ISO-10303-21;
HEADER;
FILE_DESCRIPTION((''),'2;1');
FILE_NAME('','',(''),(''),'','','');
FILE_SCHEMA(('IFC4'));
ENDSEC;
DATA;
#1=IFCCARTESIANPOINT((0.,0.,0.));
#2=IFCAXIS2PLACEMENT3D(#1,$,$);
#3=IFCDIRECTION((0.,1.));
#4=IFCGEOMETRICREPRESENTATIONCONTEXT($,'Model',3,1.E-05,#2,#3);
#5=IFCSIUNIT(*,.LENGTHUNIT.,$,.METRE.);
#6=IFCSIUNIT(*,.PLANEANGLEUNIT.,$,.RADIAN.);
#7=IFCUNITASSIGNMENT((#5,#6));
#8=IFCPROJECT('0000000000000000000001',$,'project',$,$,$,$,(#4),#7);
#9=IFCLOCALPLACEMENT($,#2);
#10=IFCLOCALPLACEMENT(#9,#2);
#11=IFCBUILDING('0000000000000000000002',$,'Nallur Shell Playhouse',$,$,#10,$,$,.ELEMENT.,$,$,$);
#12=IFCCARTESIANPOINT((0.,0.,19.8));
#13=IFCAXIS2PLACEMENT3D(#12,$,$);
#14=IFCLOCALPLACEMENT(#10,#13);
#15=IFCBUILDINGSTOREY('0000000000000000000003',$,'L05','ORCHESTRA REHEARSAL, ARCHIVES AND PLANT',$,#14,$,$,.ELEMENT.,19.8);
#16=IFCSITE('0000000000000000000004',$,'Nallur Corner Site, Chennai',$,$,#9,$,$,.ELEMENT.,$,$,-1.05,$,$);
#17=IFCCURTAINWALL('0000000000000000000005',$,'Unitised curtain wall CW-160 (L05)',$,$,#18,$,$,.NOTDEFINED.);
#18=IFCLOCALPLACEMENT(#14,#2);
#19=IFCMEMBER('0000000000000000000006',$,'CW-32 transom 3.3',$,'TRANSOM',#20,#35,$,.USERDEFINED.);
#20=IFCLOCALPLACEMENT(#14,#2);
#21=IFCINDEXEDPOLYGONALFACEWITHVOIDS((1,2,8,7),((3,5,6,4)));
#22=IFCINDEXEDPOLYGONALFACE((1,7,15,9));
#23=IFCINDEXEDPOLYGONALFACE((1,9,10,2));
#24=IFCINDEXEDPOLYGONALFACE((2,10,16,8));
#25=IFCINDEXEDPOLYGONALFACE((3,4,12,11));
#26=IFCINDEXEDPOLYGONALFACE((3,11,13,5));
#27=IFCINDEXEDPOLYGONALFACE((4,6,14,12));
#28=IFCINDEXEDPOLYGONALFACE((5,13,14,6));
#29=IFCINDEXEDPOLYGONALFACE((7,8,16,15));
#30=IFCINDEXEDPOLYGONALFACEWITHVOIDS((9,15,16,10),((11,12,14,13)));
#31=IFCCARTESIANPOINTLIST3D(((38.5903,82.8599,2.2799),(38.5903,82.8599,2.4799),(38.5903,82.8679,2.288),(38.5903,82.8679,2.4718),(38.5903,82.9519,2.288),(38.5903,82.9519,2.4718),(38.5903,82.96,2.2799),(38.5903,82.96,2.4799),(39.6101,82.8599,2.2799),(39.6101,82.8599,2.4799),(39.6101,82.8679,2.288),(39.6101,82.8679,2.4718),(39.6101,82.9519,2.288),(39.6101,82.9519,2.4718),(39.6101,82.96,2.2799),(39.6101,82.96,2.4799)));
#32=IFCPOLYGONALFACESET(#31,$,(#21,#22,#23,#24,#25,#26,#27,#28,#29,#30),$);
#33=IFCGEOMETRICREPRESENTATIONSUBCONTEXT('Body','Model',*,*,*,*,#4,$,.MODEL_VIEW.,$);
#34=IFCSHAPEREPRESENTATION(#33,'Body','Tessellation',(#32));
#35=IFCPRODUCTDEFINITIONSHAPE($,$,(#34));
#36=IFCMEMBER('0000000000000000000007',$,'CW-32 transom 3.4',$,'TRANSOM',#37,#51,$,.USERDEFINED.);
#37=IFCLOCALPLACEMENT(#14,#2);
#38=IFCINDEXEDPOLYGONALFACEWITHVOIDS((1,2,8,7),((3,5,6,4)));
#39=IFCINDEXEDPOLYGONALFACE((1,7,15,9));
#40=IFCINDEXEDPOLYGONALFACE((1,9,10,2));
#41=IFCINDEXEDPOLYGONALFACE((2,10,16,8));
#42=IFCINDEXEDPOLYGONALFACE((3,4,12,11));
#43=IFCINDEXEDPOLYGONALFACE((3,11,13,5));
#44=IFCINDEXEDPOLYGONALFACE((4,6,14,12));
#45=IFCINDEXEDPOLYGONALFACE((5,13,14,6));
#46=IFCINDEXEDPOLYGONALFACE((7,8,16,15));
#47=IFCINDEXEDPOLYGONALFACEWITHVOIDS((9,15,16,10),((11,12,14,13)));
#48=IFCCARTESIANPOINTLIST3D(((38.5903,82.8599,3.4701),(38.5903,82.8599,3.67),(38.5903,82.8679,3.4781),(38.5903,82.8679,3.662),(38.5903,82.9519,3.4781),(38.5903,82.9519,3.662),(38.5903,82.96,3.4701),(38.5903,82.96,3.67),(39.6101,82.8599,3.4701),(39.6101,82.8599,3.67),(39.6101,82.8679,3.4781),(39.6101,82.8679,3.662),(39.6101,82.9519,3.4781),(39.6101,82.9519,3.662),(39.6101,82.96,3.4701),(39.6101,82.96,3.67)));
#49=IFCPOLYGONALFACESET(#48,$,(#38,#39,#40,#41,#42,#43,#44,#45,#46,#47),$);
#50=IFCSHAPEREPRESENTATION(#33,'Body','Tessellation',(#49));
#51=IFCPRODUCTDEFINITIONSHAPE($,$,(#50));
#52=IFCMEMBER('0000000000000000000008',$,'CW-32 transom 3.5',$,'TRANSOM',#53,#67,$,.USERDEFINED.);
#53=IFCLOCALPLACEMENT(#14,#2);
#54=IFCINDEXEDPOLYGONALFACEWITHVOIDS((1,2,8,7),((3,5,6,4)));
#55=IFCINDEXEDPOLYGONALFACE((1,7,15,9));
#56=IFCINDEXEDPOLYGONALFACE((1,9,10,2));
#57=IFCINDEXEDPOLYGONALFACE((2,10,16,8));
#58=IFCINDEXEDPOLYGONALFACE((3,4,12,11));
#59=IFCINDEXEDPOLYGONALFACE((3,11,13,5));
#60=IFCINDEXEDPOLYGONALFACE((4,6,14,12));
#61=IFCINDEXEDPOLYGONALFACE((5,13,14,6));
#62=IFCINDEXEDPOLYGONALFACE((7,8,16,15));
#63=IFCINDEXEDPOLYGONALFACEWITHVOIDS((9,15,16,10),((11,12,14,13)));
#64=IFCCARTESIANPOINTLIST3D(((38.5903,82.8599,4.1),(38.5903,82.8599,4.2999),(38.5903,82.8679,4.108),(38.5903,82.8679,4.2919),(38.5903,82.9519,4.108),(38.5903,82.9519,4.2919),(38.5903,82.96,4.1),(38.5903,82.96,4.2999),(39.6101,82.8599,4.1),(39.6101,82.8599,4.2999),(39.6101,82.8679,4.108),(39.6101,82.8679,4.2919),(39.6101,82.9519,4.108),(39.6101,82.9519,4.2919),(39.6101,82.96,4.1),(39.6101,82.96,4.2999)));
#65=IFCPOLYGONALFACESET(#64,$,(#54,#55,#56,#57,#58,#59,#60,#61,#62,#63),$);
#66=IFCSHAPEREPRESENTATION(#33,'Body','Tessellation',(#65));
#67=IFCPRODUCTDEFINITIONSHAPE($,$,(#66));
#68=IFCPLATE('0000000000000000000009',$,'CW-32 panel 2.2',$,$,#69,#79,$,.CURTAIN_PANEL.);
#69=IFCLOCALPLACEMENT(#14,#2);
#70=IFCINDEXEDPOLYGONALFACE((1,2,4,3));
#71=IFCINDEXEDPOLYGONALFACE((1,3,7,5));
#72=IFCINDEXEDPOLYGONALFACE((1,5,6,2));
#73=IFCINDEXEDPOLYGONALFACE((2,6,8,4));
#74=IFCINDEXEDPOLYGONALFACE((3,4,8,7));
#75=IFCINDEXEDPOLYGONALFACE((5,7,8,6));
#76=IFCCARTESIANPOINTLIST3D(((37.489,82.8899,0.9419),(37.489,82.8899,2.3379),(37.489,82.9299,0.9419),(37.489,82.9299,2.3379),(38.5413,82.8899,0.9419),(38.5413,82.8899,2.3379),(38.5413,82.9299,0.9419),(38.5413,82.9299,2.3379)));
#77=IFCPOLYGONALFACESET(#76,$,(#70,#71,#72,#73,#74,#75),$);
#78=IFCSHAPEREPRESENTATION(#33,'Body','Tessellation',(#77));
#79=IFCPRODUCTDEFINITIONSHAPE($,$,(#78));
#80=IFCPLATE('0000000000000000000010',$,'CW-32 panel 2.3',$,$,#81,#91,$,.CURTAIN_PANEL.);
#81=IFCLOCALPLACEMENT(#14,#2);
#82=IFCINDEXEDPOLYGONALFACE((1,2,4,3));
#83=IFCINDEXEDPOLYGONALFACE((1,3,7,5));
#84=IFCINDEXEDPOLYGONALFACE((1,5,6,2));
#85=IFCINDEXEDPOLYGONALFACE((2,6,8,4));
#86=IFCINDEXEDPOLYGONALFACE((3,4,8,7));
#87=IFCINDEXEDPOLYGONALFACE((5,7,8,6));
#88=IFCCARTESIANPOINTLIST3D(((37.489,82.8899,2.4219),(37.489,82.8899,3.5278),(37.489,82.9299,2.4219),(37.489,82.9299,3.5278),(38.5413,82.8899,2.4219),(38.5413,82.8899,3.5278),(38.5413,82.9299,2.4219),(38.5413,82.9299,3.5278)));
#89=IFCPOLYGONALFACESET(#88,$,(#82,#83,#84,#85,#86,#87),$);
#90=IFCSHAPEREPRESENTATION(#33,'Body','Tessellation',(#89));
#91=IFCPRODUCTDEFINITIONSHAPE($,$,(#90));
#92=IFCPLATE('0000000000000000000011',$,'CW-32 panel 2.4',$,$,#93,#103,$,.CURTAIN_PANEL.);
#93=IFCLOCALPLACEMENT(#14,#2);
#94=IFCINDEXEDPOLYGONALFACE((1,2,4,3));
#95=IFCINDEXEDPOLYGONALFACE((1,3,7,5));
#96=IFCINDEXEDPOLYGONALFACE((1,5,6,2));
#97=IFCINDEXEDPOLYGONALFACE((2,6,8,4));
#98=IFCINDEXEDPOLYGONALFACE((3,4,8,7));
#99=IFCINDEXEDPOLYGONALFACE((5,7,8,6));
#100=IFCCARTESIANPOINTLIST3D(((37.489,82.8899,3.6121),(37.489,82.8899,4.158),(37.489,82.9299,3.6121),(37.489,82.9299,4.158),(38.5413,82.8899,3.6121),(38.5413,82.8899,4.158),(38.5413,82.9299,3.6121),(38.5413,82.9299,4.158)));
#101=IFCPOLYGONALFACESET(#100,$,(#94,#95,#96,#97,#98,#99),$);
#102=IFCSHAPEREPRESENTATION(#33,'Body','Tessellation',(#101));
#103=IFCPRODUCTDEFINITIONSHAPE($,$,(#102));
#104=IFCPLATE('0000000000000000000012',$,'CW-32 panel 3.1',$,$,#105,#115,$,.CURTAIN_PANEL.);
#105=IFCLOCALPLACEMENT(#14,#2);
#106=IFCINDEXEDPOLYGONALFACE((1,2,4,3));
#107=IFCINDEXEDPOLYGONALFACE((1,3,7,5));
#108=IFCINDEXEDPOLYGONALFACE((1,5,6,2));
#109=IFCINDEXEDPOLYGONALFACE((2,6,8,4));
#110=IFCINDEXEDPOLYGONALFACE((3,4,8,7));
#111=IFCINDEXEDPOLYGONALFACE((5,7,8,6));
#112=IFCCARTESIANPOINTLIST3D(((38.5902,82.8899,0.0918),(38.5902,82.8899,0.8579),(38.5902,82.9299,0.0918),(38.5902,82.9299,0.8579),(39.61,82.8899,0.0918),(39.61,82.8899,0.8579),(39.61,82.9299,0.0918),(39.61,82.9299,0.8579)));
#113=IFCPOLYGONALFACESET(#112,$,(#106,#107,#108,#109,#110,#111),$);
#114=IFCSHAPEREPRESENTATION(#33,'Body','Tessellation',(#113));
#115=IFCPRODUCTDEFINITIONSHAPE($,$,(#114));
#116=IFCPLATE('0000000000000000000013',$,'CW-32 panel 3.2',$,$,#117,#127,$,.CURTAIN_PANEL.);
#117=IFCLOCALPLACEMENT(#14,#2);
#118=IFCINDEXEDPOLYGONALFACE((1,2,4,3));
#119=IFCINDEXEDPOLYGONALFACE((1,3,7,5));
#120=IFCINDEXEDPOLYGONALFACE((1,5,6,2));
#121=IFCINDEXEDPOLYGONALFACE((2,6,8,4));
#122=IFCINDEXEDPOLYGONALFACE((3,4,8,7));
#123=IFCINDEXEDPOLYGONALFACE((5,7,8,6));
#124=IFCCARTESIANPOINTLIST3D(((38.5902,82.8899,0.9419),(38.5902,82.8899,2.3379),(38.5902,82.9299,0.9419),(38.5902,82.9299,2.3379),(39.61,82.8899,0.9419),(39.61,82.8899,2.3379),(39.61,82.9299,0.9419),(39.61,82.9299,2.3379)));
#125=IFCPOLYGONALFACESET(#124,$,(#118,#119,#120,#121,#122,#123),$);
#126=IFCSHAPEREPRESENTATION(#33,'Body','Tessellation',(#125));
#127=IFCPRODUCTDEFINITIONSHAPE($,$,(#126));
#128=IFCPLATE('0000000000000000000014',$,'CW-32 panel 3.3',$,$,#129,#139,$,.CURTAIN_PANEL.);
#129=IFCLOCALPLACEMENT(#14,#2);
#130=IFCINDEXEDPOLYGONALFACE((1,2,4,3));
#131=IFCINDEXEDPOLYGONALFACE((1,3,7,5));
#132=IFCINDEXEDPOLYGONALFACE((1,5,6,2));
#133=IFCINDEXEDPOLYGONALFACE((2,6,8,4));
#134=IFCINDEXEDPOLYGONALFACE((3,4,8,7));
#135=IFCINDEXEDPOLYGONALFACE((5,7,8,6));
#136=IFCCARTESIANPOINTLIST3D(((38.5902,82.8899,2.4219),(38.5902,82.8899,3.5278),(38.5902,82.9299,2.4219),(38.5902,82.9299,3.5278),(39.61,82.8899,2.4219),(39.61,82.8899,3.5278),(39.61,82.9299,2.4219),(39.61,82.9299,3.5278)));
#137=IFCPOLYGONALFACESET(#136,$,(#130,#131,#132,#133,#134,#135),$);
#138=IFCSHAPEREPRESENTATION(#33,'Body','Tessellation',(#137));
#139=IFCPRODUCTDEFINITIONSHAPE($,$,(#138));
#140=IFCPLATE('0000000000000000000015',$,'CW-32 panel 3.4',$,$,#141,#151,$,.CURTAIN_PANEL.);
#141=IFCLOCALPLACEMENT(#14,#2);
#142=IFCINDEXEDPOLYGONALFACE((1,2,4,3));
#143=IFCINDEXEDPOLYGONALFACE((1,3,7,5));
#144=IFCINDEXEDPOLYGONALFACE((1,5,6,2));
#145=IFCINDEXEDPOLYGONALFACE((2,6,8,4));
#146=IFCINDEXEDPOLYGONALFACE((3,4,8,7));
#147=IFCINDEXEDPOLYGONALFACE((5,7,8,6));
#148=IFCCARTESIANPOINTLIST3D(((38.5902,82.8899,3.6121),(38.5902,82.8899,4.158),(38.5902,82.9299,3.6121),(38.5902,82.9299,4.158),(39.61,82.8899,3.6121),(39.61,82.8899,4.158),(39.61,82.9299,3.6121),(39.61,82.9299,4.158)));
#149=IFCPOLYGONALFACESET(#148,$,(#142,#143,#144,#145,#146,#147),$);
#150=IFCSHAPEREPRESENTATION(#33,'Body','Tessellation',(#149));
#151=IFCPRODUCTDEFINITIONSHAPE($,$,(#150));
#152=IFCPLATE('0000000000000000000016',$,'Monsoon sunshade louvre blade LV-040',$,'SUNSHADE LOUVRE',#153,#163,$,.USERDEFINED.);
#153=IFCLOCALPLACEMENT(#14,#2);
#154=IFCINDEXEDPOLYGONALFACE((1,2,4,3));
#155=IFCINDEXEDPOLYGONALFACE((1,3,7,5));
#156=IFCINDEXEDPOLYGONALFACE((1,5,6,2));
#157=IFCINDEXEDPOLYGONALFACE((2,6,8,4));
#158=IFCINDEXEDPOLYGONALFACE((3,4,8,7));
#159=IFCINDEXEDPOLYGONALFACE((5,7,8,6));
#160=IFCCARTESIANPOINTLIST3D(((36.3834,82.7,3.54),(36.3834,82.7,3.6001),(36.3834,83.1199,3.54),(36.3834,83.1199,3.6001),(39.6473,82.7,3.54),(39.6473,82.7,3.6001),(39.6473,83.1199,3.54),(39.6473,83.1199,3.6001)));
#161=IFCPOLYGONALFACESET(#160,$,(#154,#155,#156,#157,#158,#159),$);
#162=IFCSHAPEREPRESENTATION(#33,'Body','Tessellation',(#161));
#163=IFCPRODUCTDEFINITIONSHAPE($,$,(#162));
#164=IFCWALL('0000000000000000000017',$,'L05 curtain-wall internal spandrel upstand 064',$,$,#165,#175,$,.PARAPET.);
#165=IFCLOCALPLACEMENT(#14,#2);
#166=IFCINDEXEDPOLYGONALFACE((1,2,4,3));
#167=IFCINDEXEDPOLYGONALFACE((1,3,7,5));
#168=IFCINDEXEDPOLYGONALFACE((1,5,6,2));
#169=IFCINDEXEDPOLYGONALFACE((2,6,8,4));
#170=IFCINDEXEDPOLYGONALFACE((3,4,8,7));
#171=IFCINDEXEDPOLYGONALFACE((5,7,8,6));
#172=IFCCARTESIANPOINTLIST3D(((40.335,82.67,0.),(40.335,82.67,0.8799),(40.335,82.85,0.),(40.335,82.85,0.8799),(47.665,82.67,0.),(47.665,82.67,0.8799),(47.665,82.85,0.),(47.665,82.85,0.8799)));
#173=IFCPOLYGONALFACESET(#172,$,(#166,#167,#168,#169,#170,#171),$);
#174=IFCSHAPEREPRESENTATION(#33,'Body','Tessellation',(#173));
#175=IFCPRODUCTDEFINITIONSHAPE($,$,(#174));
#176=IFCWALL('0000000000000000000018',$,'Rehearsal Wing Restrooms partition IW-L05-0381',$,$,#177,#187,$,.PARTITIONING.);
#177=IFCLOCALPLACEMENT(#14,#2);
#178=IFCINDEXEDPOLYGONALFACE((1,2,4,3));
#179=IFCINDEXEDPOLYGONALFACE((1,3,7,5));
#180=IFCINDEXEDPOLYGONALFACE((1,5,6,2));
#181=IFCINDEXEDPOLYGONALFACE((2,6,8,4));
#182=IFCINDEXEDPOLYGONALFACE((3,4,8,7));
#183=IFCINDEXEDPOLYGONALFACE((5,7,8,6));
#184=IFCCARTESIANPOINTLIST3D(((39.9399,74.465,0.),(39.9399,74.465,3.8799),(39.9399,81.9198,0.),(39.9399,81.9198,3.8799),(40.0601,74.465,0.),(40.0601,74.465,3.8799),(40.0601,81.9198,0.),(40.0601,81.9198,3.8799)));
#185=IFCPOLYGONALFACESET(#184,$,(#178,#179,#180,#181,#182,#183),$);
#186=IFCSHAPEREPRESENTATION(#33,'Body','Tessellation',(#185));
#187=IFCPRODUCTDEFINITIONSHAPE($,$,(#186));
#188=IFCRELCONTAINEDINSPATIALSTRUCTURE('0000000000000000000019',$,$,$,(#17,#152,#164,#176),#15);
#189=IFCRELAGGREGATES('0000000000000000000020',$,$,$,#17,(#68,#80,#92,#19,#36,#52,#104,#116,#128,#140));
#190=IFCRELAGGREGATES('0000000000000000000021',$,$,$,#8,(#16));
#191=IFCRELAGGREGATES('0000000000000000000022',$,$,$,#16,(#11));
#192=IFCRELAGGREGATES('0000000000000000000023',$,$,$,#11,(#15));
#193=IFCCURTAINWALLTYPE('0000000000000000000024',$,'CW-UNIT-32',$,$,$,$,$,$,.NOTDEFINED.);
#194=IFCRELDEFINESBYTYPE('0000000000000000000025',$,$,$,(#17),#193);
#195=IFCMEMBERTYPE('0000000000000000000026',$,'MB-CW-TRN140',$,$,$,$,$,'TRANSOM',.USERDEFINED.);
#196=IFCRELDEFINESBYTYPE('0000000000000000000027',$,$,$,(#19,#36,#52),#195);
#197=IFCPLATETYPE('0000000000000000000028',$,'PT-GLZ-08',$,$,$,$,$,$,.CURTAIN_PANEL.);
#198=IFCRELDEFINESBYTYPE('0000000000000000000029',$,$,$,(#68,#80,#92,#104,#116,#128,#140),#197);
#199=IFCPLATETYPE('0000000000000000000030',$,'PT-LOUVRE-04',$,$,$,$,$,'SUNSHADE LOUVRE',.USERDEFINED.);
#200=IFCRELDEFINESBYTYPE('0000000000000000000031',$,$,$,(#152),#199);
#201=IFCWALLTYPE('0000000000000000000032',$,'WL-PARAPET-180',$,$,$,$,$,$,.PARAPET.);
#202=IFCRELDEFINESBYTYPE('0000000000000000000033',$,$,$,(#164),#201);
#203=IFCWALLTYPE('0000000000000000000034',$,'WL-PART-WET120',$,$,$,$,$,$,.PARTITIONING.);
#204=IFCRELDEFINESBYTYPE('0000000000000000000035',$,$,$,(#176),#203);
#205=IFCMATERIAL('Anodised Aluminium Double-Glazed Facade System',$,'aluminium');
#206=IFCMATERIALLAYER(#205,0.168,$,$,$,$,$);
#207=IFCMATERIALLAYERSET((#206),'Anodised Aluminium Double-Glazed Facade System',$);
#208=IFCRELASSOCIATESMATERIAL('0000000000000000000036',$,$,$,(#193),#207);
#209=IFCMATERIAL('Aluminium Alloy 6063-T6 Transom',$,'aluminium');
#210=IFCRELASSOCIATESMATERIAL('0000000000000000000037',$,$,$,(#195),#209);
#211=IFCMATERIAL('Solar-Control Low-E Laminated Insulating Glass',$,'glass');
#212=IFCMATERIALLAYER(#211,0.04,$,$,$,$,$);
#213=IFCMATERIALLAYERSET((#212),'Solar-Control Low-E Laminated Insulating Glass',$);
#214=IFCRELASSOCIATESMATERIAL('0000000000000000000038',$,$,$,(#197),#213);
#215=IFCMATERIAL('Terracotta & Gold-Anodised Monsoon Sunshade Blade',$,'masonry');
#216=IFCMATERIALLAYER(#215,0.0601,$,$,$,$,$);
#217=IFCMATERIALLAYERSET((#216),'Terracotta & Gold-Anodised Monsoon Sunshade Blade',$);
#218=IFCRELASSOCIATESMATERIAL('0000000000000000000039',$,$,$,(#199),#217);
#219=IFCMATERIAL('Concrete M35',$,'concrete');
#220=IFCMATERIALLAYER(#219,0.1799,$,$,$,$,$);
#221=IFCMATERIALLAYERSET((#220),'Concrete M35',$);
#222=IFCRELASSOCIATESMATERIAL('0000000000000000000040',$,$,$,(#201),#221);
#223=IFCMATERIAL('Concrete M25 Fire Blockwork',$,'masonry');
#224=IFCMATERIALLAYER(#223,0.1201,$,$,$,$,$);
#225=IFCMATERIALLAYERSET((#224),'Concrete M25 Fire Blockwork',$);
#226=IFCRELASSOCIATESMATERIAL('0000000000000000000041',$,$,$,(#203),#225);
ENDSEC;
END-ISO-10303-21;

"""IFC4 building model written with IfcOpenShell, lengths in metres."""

from ifc_helpers import new_model, si_unit, direction, frame, frame_2d, origin, origin_2d, place, context, subcontext, project, spatial, rectangle, hollow_rectangle, extrude, material, layer, layer_set, material_profile, profile_set, type_object, element, aggregate, save


model = new_model("IFC4")

# Units and contexts
model_context = context("Model", 3, precision=1e-05, world=origin(), true_north=direction((0.0, 1.0)))
body_context = subcontext(model_context, "Body", "Model", "MODEL_VIEW")
ifc_project = project(units=[si_unit("LENGTHUNIT", "METRE"), si_unit("PLANEANGLEUNIT", "RADIAN")], contexts=[model_context])

# Site, building, storey
site_placement = place(None, origin())
site = spatial("IfcSite", under=ifc_project, at=site_placement, Name="Nallur Corner Site, Chennai", CompositionType="ELEMENT", RefElevation=-1.05)
building_placement = place(site_placement, origin())
building = spatial("IfcBuilding", under=site, at=building_placement, Name="Nallur Shell Playhouse", CompositionType="ELEMENT")
storey_placement = place(building_placement, frame((0.0, 0.0, 19.8)))
storey = spatial("IfcBuildingStorey", under=building, at=storey_placement, Name="L05", Description="ORCHESTRA REHEARSAL, ARCHIVES AND PLANT", CompositionType="ELEMENT", Elevation=19.8)

# Shared definitions
ifc_material_1 = material(Name="Concrete M35", Category="concrete")

# Shared definitions
ifc_material_2 = material(Name="Anodised Aluminium Double-Glazed Facade System", Category="aluminium")

# Curtain wall
ifc_layer_1 = layer(ifc_material_2, 0.168)
ifc_layer_set_1 = layer_set([ifc_layer_1], Name="Anodised Aluminium Double-Glazed Facade System")
curtain_wall_type_1 = type_object("IfcCurtainWallType", Name="CW-UNIT-32", PredefinedType="NOTDEFINED", material=ifc_layer_set_1)
curtain_wall_1_placement = place(storey_placement, origin())
curtain_wall_1 = element("IfcCurtainWall", 1, at=curtain_wall_1_placement, inside=storey, type_object=curtain_wall_type_1, Name="Unitised curtain wall CW-160 (L05)", PredefinedType="NOTDEFINED")

# Members
ifc_material_3 = material(Name="Aluminium Alloy 6063-T6 Transom", Category="aluminium")
ifc_material_profile_1 = material_profile(ifc_material_3, hollow_rectangle(XDim=0.1001, YDim=0.2, WallThickness=0.0081, at=origin_2d()), Name="RHS 200x100x8")
ifc_profile_set_1 = profile_set([ifc_material_profile_1], Name="Aluminium Alloy 6063-T6 Transom")
member_type_1 = type_object("IfcMemberType", Name="MB-CW-TRN140", ElementType="TRANSOM", PredefinedType="USERDEFINED", material=ifc_profile_set_1)
member_1_placement = place(storey_placement, frame((38.5903, 82.9099, 2.3799), z_axis=(1.0, 0.0, 0.0), x_axis=(0.0, 1.0, 0.0)))
member_1 = element("IfcMember", 2, at=member_1_placement, type_object=member_type_1, Name="CW-32 transom 3.3", ObjectType="TRANSOM", PredefinedType="USERDEFINED", context=body_context, shape_type="SweptSolid", body=[
    extrude(hollow_rectangle(XDim=0.1001, YDim=0.2, WallThickness=0.0081, at=origin_2d()), origin(), (0.0, 0.0, 1.0), 1.0198),
])
member_2_placement = place(storey_placement, frame((38.5903, 82.9099, 3.5701), z_axis=(1.0, 0.0, 0.0), x_axis=(0.0, 1.0, 0.0)))
member_2 = element("IfcMember", 3, at=member_2_placement, type_object=member_type_1, Name="CW-32 transom 3.4", ObjectType="TRANSOM", PredefinedType="USERDEFINED", context=body_context, shape_type="SweptSolid", body=[
    extrude(hollow_rectangle(XDim=0.1001, YDim=0.2, WallThickness=0.0081, at=origin_2d()), origin(), (0.0, 0.0, 1.0), 1.0198),
])
member_3_placement = place(storey_placement, frame((38.5903, 82.9099, 4.2), z_axis=(1.0, 0.0, 0.0), x_axis=(0.0, 1.0, 0.0)))
member_3 = element("IfcMember", 4, at=member_3_placement, type_object=member_type_1, Name="CW-32 transom 3.5", ObjectType="TRANSOM", PredefinedType="USERDEFINED", context=body_context, shape_type="SweptSolid", body=[
    extrude(hollow_rectangle(XDim=0.1001, YDim=0.2, WallThickness=0.0081, at=origin_2d()), origin(), (0.0, 0.0, 1.0), 1.0198),
])

# Plates
ifc_material_4 = material(Name="Solar-Control Low-E Laminated Insulating Glass", Category="glass")
ifc_layer_2 = layer(ifc_material_4, 0.04)
ifc_layer_set_2 = layer_set([ifc_layer_2], Name="Solar-Control Low-E Laminated Insulating Glass")
plate_type_1 = type_object("IfcPlateType", Name="PT-GLZ-08", PredefinedType="CURTAIN_PANEL", material=ifc_layer_set_2)
plate_1_placement = place(storey_placement, frame((38.0151, 82.9099, 0.9419), z_axis=(0.0, 0.0, 1.0), x_axis=(1.0, 0.0, 0.0)))
plate_1 = element("IfcPlate", 5, at=plate_1_placement, type_object=plate_type_1, Name="CW-32 panel 2.2", PredefinedType="CURTAIN_PANEL", context=body_context, shape_type="SweptSolid", body=[
    extrude(rectangle(XDim=1.0522, YDim=0.04, at=origin_2d()), origin(), (0.0, 0.0, 1.0), 1.396),
])
plate_2_placement = place(storey_placement, frame((38.0151, 82.9099, 2.4219), z_axis=(0.0, 0.0, 1.0), x_axis=(1.0, 0.0, 0.0)))
plate_2 = element("IfcPlate", 6, at=plate_2_placement, type_object=plate_type_1, Name="CW-32 panel 2.3", PredefinedType="CURTAIN_PANEL", context=body_context, shape_type="SweptSolid", body=[
    extrude(rectangle(XDim=1.0522, YDim=0.04, at=origin_2d()), origin(), (0.0, 0.0, 1.0), 1.106),
])
plate_3_placement = place(storey_placement, frame((38.0151, 82.9099, 3.6121), z_axis=(0.0, 0.0, 1.0), x_axis=(1.0, 0.0, 0.0)))
plate_3 = element("IfcPlate", 7, at=plate_3_placement, type_object=plate_type_1, Name="CW-32 panel 2.4", PredefinedType="CURTAIN_PANEL", context=body_context, shape_type="SweptSolid", body=[
    extrude(rectangle(XDim=1.0522, YDim=0.04, at=origin_2d()), origin(), (0.0, 0.0, 1.0), 0.5459),
])
plate_4_placement = place(storey_placement, frame((39.1001, 82.9099, 0.0918), z_axis=(0.0, 0.0, 1.0), x_axis=(1.0, 0.0, 0.0)))
plate_4 = element("IfcPlate", 8, at=plate_4_placement, type_object=plate_type_1, Name="CW-32 panel 3.1", PredefinedType="CURTAIN_PANEL", context=body_context, shape_type="SweptSolid", body=[
    extrude(rectangle(XDim=1.0198, YDim=0.04, at=origin_2d()), origin(), (0.0, 0.0, 1.0), 0.7661),
])
plate_5_placement = place(storey_placement, frame((39.1001, 82.9099, 0.9419), z_axis=(0.0, 0.0, 1.0), x_axis=(1.0, 0.0, 0.0)))
plate_5 = element("IfcPlate", 9, at=plate_5_placement, type_object=plate_type_1, Name="CW-32 panel 3.2", PredefinedType="CURTAIN_PANEL", context=body_context, shape_type="SweptSolid", body=[
    extrude(rectangle(XDim=1.0198, YDim=0.04, at=origin_2d()), origin(), (0.0, 0.0, 1.0), 1.396),
])
plate_6_placement = place(storey_placement, frame((39.1001, 82.9099, 2.4219), z_axis=(0.0, 0.0, 1.0), x_axis=(1.0, 0.0, 0.0)))
plate_6 = element("IfcPlate", 10, at=plate_6_placement, type_object=plate_type_1, Name="CW-32 panel 3.3", PredefinedType="CURTAIN_PANEL", context=body_context, shape_type="SweptSolid", body=[
    extrude(rectangle(XDim=1.0198, YDim=0.04, at=origin_2d()), origin(), (0.0, 0.0, 1.0), 1.106),
])
plate_7_placement = place(storey_placement, frame((39.1001, 82.9099, 3.6121), z_axis=(0.0, 0.0, 1.0), x_axis=(1.0, 0.0, 0.0)))
plate_7 = element("IfcPlate", 11, at=plate_7_placement, type_object=plate_type_1, Name="CW-32 panel 3.4", PredefinedType="CURTAIN_PANEL", context=body_context, shape_type="SweptSolid", body=[
    extrude(rectangle(XDim=1.0198, YDim=0.04, at=origin_2d()), origin(), (0.0, 0.0, 1.0), 0.5459),
])
aggregate(curtain_wall_1, [plate_1, plate_2, plate_3, member_1, member_2, member_3, plate_4, plate_5, plate_6, plate_7])
ifc_material_5 = material(Name="Terracotta & Gold-Anodised Monsoon Sunshade Blade", Category="masonry")
ifc_layer_3 = layer(ifc_material_5, 0.0601)
ifc_layer_set_3 = layer_set([ifc_layer_3], Name="Terracotta & Gold-Anodised Monsoon Sunshade Blade")
plate_type_2 = type_object("IfcPlateType", Name="PT-LOUVRE-04", ElementType="SUNSHADE LOUVRE", PredefinedType="USERDEFINED", material=ifc_layer_set_3)
plate_8_placement = place(storey_placement, frame((38.0154, 82.9099, 3.54), z_axis=(0.0, 0.0, 1.0), x_axis=(1.0, 0.0, 0.0)))
element("IfcPlate", 12, at=plate_8_placement, inside=storey, type_object=plate_type_2, Name="Monsoon sunshade louvre blade LV-040", ObjectType="SUNSHADE LOUVRE", PredefinedType="USERDEFINED", context=body_context, shape_type="SweptSolid", body=[
    extrude(rectangle(XDim=3.2639, YDim=0.4199, at=origin_2d()), origin(), (0.0, 0.0, 1.0), 0.0601),
])

# Walls
ifc_layer_4 = layer(ifc_material_1, 0.1799)
ifc_layer_set_4 = layer_set([ifc_layer_4], Name="Concrete M35")
wall_type_1 = type_object("IfcWallType", Name="WL-PARAPET-180", PredefinedType="PARAPET", material=ifc_layer_set_4)
wall_1_placement = place(storey_placement, frame((40.335, 82.76, 0.0), z_axis=(0.0, 0.0, 1.0), x_axis=(1.0, 0.0, 0.0)))
element("IfcWall", 13, at=wall_1_placement, inside=storey, type_object=wall_type_1, Name="L05 curtain-wall internal spandrel upstand 064", PredefinedType="PARAPET", context=body_context, shape_type="SweptSolid", body=[
    extrude(rectangle(XDim=7.3301, YDim=0.1799, at=frame_2d((3.665, 0.0))), origin(), (0.0, 0.0, 1.0), 0.8799),
])
ifc_material_6 = material(Name="Concrete M25 Fire Blockwork", Category="masonry")
ifc_layer_5 = layer(ifc_material_6, 0.1201)
ifc_layer_set_5 = layer_set([ifc_layer_5], Name="Concrete M25 Fire Blockwork")
wall_type_2 = type_object("IfcWallType", Name="WL-PART-WET120", PredefinedType="PARTITIONING", material=ifc_layer_set_5)
wall_2_placement = place(storey_placement, frame((40.0, 81.9199, 0.0), z_axis=(0.0, 0.0, 1.0), x_axis=(0.0, -1.0, 0.0)))
element("IfcWall", 14, at=wall_2_placement, inside=storey, type_object=wall_type_2, Name="Rehearsal Wing Restrooms partition IW-L05-0381", PredefinedType="PARTITIONING", context=body_context, shape_type="SweptSolid", body=[
    extrude(rectangle(XDim=7.4548, YDim=0.1201, at=frame_2d((3.7275, 0.0))), origin(), (0.0, 0.0, 1.0), 3.8799),
])

save(model, "model.ifc")
